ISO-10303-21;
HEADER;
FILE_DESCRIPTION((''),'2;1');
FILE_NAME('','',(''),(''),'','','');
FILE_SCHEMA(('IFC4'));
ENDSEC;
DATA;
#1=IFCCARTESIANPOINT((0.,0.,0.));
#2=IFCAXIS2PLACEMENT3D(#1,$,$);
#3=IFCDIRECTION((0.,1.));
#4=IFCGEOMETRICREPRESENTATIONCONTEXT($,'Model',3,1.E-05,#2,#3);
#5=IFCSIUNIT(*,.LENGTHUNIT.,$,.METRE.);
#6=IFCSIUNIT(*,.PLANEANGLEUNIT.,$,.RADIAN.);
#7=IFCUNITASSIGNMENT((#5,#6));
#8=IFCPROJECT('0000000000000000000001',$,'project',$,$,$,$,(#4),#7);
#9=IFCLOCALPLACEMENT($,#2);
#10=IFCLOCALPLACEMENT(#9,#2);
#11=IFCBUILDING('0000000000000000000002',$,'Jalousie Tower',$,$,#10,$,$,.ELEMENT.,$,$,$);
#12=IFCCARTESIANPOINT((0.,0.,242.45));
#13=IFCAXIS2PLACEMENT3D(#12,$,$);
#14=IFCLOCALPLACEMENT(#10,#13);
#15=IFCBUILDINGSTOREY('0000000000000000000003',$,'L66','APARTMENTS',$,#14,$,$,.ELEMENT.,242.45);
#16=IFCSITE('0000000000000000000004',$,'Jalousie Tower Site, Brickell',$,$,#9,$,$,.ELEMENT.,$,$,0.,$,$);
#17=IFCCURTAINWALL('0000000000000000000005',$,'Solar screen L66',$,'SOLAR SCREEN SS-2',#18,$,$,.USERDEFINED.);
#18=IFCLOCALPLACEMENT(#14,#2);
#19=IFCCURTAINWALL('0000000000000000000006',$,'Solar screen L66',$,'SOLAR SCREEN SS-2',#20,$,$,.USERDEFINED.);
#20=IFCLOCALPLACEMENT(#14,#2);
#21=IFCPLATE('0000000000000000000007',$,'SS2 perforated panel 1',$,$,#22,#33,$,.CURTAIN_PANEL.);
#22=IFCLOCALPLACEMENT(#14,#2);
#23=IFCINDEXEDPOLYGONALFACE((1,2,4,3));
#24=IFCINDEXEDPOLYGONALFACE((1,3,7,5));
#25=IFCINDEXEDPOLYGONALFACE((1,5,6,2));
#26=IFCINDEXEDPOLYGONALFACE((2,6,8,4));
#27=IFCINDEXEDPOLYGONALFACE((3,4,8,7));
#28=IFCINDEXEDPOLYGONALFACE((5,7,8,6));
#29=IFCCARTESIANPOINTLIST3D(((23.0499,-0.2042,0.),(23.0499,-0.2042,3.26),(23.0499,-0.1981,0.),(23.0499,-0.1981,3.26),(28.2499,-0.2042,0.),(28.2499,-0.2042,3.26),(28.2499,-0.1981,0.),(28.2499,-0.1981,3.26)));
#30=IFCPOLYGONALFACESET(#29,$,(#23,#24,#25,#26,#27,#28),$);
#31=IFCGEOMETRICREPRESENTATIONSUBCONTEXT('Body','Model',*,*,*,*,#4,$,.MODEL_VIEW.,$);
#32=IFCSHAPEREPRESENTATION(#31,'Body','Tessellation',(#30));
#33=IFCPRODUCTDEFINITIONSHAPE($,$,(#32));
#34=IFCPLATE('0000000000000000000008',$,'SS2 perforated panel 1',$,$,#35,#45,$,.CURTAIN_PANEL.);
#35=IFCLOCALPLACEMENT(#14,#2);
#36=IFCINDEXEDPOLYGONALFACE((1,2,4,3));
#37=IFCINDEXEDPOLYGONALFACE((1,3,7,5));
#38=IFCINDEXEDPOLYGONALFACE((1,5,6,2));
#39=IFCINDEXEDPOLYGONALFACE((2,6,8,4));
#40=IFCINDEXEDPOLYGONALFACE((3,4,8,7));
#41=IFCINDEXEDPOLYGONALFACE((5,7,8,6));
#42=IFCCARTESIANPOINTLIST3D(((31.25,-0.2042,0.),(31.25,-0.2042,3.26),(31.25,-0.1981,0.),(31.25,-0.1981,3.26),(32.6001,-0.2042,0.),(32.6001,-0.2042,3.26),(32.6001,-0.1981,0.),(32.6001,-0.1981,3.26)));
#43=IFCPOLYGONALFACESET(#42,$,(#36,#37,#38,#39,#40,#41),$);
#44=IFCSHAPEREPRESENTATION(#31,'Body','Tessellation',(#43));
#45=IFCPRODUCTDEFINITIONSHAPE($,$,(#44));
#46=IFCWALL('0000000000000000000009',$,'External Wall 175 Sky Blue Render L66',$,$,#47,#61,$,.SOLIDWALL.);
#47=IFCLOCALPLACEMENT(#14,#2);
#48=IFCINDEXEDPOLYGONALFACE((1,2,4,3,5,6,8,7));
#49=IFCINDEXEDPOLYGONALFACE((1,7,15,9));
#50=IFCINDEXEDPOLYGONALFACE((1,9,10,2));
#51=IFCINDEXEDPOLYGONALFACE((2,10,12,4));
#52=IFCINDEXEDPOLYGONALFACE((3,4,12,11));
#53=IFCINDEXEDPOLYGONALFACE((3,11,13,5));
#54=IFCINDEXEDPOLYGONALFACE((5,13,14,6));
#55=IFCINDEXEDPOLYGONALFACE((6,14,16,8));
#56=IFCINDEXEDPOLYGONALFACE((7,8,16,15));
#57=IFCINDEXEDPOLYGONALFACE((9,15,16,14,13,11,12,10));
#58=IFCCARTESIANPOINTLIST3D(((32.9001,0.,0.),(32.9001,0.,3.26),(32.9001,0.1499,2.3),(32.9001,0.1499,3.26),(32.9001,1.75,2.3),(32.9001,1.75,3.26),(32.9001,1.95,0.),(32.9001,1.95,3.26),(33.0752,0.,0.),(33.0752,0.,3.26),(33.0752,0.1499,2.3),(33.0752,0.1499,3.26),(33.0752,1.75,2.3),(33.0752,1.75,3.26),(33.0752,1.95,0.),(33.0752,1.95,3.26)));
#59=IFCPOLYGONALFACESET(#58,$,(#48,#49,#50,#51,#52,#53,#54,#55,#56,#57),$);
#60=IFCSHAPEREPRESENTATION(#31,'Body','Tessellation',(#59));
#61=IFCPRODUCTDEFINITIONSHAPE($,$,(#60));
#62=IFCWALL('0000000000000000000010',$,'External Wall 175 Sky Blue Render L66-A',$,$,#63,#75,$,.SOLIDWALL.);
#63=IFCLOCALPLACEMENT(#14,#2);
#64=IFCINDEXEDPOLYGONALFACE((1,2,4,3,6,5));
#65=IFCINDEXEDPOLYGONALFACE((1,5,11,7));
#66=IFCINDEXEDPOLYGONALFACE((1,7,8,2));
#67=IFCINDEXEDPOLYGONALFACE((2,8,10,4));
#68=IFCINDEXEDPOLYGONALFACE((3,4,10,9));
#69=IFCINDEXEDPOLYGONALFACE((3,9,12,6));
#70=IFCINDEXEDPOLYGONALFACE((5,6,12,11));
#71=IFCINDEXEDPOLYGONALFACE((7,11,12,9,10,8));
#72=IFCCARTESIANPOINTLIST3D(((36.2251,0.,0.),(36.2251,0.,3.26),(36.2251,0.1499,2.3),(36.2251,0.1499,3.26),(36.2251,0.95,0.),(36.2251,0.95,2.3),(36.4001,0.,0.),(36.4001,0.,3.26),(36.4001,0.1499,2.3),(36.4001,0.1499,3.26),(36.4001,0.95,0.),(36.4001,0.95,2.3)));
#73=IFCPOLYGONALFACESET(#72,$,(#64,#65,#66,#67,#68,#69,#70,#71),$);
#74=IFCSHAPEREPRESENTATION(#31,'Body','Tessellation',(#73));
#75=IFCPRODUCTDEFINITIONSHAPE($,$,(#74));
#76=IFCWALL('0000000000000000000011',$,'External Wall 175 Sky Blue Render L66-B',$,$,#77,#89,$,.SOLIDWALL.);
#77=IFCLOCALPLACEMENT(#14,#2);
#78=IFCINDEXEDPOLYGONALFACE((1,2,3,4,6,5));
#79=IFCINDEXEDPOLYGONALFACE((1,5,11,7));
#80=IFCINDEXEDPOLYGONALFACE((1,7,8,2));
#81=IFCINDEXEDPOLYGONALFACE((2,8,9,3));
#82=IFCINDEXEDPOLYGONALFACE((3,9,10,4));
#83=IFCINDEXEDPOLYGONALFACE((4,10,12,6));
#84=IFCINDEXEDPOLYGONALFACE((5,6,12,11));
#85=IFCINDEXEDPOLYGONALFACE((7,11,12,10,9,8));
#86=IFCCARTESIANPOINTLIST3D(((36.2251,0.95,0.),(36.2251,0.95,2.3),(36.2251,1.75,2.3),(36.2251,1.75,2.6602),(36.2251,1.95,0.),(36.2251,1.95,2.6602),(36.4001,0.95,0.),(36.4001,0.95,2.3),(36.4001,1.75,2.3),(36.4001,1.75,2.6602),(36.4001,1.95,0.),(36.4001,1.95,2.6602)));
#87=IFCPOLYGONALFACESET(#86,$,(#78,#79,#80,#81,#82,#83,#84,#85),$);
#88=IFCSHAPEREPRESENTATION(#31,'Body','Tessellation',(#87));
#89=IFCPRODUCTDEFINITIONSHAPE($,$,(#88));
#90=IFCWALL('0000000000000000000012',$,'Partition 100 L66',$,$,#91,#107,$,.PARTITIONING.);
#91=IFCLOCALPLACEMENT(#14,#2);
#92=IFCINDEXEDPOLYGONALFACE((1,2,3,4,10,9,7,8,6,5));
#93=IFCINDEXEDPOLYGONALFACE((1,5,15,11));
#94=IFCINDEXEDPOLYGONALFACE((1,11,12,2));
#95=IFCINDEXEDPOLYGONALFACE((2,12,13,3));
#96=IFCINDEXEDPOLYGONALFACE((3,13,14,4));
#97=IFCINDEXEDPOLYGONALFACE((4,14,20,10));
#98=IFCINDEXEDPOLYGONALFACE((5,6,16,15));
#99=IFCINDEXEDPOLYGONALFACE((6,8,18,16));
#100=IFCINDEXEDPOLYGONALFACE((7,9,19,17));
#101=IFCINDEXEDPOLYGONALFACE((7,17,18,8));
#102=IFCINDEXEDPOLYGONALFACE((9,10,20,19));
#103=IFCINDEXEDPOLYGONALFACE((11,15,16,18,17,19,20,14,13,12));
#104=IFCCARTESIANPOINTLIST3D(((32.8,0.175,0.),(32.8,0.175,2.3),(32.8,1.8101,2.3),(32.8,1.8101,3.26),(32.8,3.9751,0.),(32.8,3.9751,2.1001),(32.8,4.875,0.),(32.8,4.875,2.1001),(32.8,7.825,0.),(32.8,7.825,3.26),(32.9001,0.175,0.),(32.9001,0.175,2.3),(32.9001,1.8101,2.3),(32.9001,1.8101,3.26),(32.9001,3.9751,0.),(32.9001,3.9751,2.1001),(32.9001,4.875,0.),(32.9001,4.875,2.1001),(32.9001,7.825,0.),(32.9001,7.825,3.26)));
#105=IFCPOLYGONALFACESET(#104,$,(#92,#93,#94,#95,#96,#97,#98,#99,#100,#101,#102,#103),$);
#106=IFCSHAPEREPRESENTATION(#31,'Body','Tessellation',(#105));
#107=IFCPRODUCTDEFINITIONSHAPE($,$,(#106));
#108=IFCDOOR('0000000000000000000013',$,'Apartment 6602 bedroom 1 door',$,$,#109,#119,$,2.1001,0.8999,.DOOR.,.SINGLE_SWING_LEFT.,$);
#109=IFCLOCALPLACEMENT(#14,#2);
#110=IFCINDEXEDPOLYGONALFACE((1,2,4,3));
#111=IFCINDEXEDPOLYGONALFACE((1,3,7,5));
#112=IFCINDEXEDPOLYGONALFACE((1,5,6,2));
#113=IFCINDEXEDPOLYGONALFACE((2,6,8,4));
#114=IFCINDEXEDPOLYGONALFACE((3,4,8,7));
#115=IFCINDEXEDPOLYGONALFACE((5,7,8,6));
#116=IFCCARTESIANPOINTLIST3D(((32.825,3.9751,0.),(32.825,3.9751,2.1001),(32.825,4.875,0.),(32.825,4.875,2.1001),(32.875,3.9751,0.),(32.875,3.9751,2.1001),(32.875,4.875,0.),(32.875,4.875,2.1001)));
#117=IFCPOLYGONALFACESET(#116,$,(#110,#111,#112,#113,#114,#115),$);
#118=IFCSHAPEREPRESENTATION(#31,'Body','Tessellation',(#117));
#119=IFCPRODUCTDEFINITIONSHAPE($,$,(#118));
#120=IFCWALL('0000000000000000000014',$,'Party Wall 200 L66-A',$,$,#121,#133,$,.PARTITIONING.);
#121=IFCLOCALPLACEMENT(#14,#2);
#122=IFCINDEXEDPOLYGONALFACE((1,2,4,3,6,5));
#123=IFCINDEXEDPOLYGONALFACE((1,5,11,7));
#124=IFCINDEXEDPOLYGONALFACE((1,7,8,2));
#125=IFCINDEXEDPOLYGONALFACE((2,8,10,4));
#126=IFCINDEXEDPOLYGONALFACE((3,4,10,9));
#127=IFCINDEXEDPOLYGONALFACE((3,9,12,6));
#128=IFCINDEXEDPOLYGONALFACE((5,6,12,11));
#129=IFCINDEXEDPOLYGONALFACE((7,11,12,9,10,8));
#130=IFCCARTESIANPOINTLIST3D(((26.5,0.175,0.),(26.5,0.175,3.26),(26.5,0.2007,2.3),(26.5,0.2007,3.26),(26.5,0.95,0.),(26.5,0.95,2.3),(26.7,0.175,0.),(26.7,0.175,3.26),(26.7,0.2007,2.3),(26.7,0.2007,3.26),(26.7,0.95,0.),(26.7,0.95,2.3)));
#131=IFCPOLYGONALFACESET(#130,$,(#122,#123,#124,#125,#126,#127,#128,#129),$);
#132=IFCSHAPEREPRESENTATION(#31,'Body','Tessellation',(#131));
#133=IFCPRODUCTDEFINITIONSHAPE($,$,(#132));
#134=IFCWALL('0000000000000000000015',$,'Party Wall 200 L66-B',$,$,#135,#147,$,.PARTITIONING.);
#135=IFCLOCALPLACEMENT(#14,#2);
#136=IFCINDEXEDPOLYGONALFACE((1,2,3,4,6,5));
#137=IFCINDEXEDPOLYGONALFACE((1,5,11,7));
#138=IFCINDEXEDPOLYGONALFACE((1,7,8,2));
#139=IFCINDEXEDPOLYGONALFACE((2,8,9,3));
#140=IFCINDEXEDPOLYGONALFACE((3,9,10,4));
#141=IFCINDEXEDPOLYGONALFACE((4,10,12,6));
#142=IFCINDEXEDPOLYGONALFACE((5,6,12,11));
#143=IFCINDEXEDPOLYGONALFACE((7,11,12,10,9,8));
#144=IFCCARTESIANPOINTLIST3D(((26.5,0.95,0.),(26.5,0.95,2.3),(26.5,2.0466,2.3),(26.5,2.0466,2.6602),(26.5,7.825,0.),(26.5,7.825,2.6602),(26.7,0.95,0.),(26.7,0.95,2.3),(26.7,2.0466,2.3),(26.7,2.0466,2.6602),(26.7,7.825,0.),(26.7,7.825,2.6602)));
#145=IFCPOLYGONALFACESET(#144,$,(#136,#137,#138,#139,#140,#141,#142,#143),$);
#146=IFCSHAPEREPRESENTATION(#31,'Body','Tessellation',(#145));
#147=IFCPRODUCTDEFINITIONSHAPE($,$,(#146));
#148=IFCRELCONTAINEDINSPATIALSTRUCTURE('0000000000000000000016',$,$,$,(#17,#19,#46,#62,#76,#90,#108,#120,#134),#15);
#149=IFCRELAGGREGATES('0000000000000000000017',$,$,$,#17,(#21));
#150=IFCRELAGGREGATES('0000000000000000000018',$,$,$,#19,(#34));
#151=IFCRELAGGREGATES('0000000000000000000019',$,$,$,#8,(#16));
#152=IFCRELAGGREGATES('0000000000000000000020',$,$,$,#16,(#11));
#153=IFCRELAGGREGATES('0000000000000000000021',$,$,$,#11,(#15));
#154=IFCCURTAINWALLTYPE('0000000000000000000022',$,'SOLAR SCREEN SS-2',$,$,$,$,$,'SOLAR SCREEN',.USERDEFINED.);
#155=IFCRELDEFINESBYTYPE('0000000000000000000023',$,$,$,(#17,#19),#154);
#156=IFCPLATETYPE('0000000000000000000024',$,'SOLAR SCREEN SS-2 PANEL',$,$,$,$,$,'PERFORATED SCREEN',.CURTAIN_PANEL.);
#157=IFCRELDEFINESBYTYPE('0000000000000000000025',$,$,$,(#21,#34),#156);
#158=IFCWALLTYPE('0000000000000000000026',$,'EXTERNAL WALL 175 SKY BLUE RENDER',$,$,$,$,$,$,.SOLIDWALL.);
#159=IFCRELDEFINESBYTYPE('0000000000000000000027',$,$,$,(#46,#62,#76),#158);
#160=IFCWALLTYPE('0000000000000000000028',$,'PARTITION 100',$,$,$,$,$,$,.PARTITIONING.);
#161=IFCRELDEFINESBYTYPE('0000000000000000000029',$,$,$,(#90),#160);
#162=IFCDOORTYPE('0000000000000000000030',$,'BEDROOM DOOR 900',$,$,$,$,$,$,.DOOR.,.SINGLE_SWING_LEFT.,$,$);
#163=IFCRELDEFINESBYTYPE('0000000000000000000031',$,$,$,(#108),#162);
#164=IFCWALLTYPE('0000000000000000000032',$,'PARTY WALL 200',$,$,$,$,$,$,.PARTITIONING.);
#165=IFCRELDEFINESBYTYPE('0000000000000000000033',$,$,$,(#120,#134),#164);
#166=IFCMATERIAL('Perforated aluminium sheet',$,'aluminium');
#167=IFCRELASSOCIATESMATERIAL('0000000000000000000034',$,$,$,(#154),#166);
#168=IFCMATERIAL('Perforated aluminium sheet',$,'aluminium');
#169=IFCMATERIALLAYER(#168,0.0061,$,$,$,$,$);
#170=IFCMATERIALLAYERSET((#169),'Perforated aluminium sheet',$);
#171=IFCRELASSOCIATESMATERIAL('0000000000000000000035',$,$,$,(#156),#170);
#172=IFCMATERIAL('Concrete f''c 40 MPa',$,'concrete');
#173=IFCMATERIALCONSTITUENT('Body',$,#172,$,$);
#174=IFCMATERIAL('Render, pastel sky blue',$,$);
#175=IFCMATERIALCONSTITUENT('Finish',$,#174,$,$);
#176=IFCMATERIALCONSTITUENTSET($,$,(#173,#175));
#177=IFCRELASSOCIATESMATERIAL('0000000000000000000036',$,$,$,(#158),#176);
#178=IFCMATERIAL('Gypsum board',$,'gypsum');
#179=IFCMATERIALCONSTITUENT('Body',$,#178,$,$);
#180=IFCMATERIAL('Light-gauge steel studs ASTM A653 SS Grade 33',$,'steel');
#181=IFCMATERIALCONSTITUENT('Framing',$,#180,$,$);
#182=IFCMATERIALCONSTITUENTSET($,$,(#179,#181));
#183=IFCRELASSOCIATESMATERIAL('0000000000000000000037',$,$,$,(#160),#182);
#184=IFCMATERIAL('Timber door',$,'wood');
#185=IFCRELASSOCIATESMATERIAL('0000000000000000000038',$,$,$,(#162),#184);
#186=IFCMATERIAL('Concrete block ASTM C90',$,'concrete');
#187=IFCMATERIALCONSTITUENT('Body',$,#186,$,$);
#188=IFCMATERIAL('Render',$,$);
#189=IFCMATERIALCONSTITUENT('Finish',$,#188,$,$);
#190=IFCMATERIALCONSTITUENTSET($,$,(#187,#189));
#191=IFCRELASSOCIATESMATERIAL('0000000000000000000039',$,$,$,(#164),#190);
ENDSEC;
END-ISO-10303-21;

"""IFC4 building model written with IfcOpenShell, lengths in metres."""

from ifc_helpers import new_model, si_unit, direction, frame, frame_2d, origin, origin_2d, place, context, subcontext, project, spatial, polyline, rectangle, outline, extrude, material, layer, layer_set, constituent, constituent_set, type_object, element, fill, aggregate, save


model = new_model("IFC4")

# Units and contexts
model_context = context("Model", 3, precision=1e-05, world=origin(), true_north=direction((0.0, 1.0)))
body_context = subcontext(model_context, "Body", "Model", "MODEL_VIEW")
ifc_project = project(units=[si_unit("LENGTHUNIT", "METRE"), si_unit("PLANEANGLEUNIT", "RADIAN")], contexts=[model_context])

# Site, building, storey
site_placement = place(None, origin())
site = spatial("IfcSite", under=ifc_project, at=site_placement, Name="Jalousie Tower Site, Brickell", CompositionType="ELEMENT", RefElevation=0.0)
building_placement = place(site_placement, origin())
building = spatial("IfcBuilding", under=site, at=building_placement, Name="Jalousie Tower", CompositionType="ELEMENT")
storey_placement = place(building_placement, frame((0.0, 0.0, 242.45)))
storey = spatial("IfcBuildingStorey", under=building, at=storey_placement, Name="L66", Description="APARTMENTS", CompositionType="ELEMENT", Elevation=242.45)

# Curtain wall
ifc_material_1 = material(Name="Perforated aluminium sheet", Category="aluminium")
curtain_wall_type = type_object("IfcCurtainWallType", Name="SOLAR SCREEN SS-2", ElementType="SOLAR SCREEN", PredefinedType="USERDEFINED", material=ifc_material_1)
curtain_wall_1_placement = place(storey_placement, origin())
curtain_wall_1 = element("IfcCurtainWall", 1, at=curtain_wall_1_placement, inside=storey, type_object=curtain_wall_type, Name="Solar screen L66", ObjectType="SOLAR SCREEN SS-2", PredefinedType="USERDEFINED")

# Curtain wall
curtain_wall_2_placement = place(storey_placement, origin())
curtain_wall_2 = element("IfcCurtainWall", 2, at=curtain_wall_2_placement, inside=storey, type_object=curtain_wall_type, Name="Solar screen L66", ObjectType="SOLAR SCREEN SS-2", PredefinedType="USERDEFINED")

# Plates
ifc_material_2 = material(Name="Perforated aluminium sheet", Category="aluminium")
ifc_layer_1 = layer(ifc_material_2, 0.0061)
ifc_layer_set_1 = layer_set([ifc_layer_1], Name="Perforated aluminium sheet")
plate_type = type_object("IfcPlateType", Name="SOLAR SCREEN SS-2 PANEL", ElementType="PERFORATED SCREEN", PredefinedType="CURTAIN_PANEL", material=ifc_layer_set_1)
plate_1_placement = place(storey_placement, frame((25.6499, -0.2012, 0.0), z_axis=(0.0, 0.0, 1.0), x_axis=(1.0, 0.0, 0.0)))
plate_1 = element("IfcPlate", 3, at=plate_1_placement, type_object=plate_type, Name="SS2 perforated panel 1", PredefinedType="CURTAIN_PANEL", context=body_context, shape_type="SweptSolid", body=[
    extrude(rectangle(XDim=5.2, YDim=0.0061, at=origin_2d()), origin(), (0.0, 0.0, 1.0), 3.26),
])
aggregate(curtain_wall_1, [plate_1])
plate_2_placement = place(storey_placement, frame((31.925, -0.2012, 0.0), z_axis=(0.0, 0.0, 1.0), x_axis=(1.0, 0.0, 0.0)))
plate_2 = element("IfcPlate", 4, at=plate_2_placement, type_object=plate_type, Name="SS2 perforated panel 1", PredefinedType="CURTAIN_PANEL", context=body_context, shape_type="SweptSolid", body=[
    extrude(rectangle(XDim=1.3501, YDim=0.0061, at=origin_2d()), origin(), (0.0, 0.0, 1.0), 3.26),
])
aggregate(curtain_wall_2, [plate_2])

# Walls
ifc_material_3 = material(Name="Concrete f'c 40 MPa", Category="concrete")
ifc_constituent_1 = constituent(ifc_material_3, Name="Body")
ifc_material_4 = material(Name="Render, pastel sky blue")
ifc_constituent_2 = constituent(ifc_material_4, Name="Finish")
ifc_constituent_set_1 = constituent_set(constituents=[ifc_constituent_1, ifc_constituent_2])
wall_type_1 = type_object("IfcWallType", Name="EXTERNAL WALL 175 SKY BLUE RENDER", PredefinedType="SOLIDWALL", material=ifc_constituent_set_1)
wall_1_placement = place(storey_placement, frame((32.9875, 0.0, 0.0), z_axis=(0.0, 0.0, 1.0), x_axis=(0.0, 1.0, 0.0)))
element("IfcWall", 5, at=wall_1_placement, inside=storey, type_object=wall_type_1, Name="External Wall 175 Sky Blue Render L66", PredefinedType="SOLIDWALL", context=body_context, shape_type="SweptSolid", body=[
    extrude(outline(polyline([(0.0, 0.0), (1.95, 0.0), (1.95, 3.26), (1.75, 3.26), (1.75, 2.3), (0.1499, 2.3), (0.1499, 3.26), (0.0, 3.26), (0.0, 0.0)])), frame((0.0, 0.0874, 0.0), z_axis=(0.0, -1.0, 0.0), x_axis=(1.0, 0.0, 0.0)), (0.0, 0.0, 1.0), 0.175),
])
wall_2_placement = place(storey_placement, frame((36.3125, 0.0, 0.0), z_axis=(0.0, 0.0, 1.0), x_axis=(0.0, 1.0, 0.0)))
element("IfcWall", 6, at=wall_2_placement, inside=storey, type_object=wall_type_1, Name="External Wall 175 Sky Blue Render L66-A", PredefinedType="SOLIDWALL", context=body_context, shape_type="SweptSolid", body=[
    extrude(outline(polyline([(0.0, 0.0), (0.95, 0.0), (0.95, 2.3), (0.1499, 2.3), (0.1499, 3.26), (0.0, 3.26), (0.0, 0.0)])), frame((0.0, 0.0874, 0.0), z_axis=(0.0, -1.0, 0.0), x_axis=(1.0, 0.0, 0.0)), (0.0, 0.0, 1.0), 0.175),
])
wall_3_placement = place(storey_placement, frame((36.3125, 0.95, 0.0), z_axis=(0.0, 0.0, 1.0), x_axis=(0.0, 1.0, 0.0)))
element("IfcWall", 7, at=wall_3_placement, inside=storey, type_object=wall_type_1, Name="External Wall 175 Sky Blue Render L66-B", PredefinedType="SOLIDWALL", context=body_context, shape_type="SweptSolid", body=[
    extrude(outline(polyline([(0.0, 0.0), (1.0, 0.0), (1.0, 2.6602), (0.8, 2.6602), (0.8, 2.3), (0.0, 2.3), (0.0, 0.0)])), frame((0.0, 0.0874, 0.0), z_axis=(0.0, -1.0, 0.0), x_axis=(1.0, 0.0, 0.0)), (0.0, 0.0, 1.0), 0.175),
])

# Wall, opening, door
ifc_material_5 = material(Name="Gypsum board", Category="gypsum")
ifc_constituent_3 = constituent(ifc_material_5, Name="Body")
ifc_material_6 = material(Name="Light-gauge steel studs ASTM A653 SS Grade 33", Category="steel")
ifc_constituent_4 = constituent(ifc_material_6, Name="Framing")
ifc_constituent_set_2 = constituent_set(constituents=[ifc_constituent_3, ifc_constituent_4])
wall_type_2 = type_object("IfcWallType", Name="PARTITION 100", PredefinedType="PARTITIONING", material=ifc_constituent_set_2)
wall_4_placement = place(storey_placement, frame((32.8501, 0.175, 0.0), z_axis=(0.0, 0.0, 1.0), x_axis=(0.0, 1.0, 0.0)))
wall_4 = element("IfcWall", 8, at=wall_4_placement, inside=storey, type_object=wall_type_2, Name="Partition 100 L66", PredefinedType="PARTITIONING", context=body_context, shape_type="SweptSolid", body=[
    extrude(outline(polyline([(0.0, 0.0), (7.6499, 0.0), (7.6499, 3.26), (1.635, 3.26), (1.635, 2.3), (0.0, 2.3), (0.0, 3.26), (0.0, 0.0)])), frame((0.0, 0.05, 0.0), z_axis=(0.0, -1.0, 0.0), x_axis=(1.0, 0.0, 0.0)), (0.0, 0.0, 1.0), 0.1001),
])
opening_placement = place(wall_4_placement, frame((3.8, 0.0, 0.0)))
opening = element("IfcOpeningElement", 9, at=opening_placement, cuts=wall_4, PredefinedType="OPENING", context=body_context, shape_type="SweptSolid", body=[
    extrude(rectangle(XDim=0.8999, YDim=2.1001, at=frame_2d((0.45, 1.05))), frame((0.0, 0.0601, 0.0), z_axis=(0.0, -1.0, 0.0), x_axis=(1.0, 0.0, 0.0)), (0.0, 0.0, 1.0), 0.1201),
])
ifc_material_7 = material(Name="Timber door", Category="wood")
door_type = type_object("IfcDoorType", Name="BEDROOM DOOR 900", OperationType="SINGLE_SWING_LEFT", PredefinedType="DOOR", material=ifc_material_7)
door_placement = place(opening_placement, frame((0.8999, 0.0, 0.0), z_axis=(0.0, 0.0, 1.0), x_axis=(-1.0, 0.0, 0.0)))
door = element("IfcDoor", 10, at=door_placement, inside=storey, type_object=door_type, Name="Apartment 6602 bedroom 1 door", OperationType="SINGLE_SWING_LEFT", OverallHeight=2.1001, OverallWidth=0.8999, PredefinedType="DOOR", context=body_context, shape_type="SweptSolid", body=[
    extrude(rectangle(XDim=0.8999, YDim=2.1001, at=frame_2d((0.45, 1.05))), frame((0.0, 0.0249, 0.0), z_axis=(0.0, -1.0, 0.0), x_axis=(1.0, 0.0, 0.0)), (0.0, 0.0, 1.0), 0.05),
])
fill(opening, door)

# Walls
ifc_material_8 = material(Name="Concrete block ASTM C90", Category="concrete")
ifc_constituent_5 = constituent(ifc_material_8, Name="Body")
ifc_material_9 = material(Name="Render")
ifc_constituent_6 = constituent(ifc_material_9, Name="Finish")
ifc_constituent_set_3 = constituent_set(constituents=[ifc_constituent_5, ifc_constituent_6])
wall_type_3 = type_object("IfcWallType", Name="PARTY WALL 200", PredefinedType="PARTITIONING", material=ifc_constituent_set_3)
wall_5_placement = place(storey_placement, frame((26.6001, 0.175, 0.0), z_axis=(0.0, 0.0, 1.0), x_axis=(0.0, 1.0, 0.0)))
element("IfcWall", 11, at=wall_5_placement, inside=storey, type_object=wall_type_3, Name="Party Wall 200 L66-A", PredefinedType="PARTITIONING", context=body_context, shape_type="SweptSolid", body=[
    extrude(outline(polyline([(0.0, 0.0), (0.7749, 0.0), (0.7749, 2.3), (0.0256, 2.3), (0.0256, 3.26), (0.0, 3.26), (0.0, 0.0)])), frame((0.0, 0.1001, 0.0), z_axis=(0.0, -1.0, 0.0), x_axis=(1.0, 0.0, 0.0)), (0.0, 0.0, 1.0), 0.2),
])
wall_6_placement = place(storey_placement, frame((26.6001, 0.95, 0.0), z_axis=(0.0, 0.0, 1.0), x_axis=(0.0, 1.0, 0.0)))
element("IfcWall", 12, at=wall_6_placement, inside=storey, type_object=wall_type_3, Name="Party Wall 200 L66-B", PredefinedType="PARTITIONING", context=body_context, shape_type="SweptSolid", body=[
    extrude(outline(polyline([(0.0, 0.0), (6.875, 0.0), (6.875, 2.6602), (1.0967, 2.6602), (1.0967, 2.3), (0.0, 2.3), (0.0, 0.0)])), frame((0.0, 0.1001, 0.0), z_axis=(0.0, -1.0, 0.0), x_axis=(1.0, 0.0, 0.0)), (0.0, 0.0, 1.0), 0.2),
])

save(model, "model.ifc")
